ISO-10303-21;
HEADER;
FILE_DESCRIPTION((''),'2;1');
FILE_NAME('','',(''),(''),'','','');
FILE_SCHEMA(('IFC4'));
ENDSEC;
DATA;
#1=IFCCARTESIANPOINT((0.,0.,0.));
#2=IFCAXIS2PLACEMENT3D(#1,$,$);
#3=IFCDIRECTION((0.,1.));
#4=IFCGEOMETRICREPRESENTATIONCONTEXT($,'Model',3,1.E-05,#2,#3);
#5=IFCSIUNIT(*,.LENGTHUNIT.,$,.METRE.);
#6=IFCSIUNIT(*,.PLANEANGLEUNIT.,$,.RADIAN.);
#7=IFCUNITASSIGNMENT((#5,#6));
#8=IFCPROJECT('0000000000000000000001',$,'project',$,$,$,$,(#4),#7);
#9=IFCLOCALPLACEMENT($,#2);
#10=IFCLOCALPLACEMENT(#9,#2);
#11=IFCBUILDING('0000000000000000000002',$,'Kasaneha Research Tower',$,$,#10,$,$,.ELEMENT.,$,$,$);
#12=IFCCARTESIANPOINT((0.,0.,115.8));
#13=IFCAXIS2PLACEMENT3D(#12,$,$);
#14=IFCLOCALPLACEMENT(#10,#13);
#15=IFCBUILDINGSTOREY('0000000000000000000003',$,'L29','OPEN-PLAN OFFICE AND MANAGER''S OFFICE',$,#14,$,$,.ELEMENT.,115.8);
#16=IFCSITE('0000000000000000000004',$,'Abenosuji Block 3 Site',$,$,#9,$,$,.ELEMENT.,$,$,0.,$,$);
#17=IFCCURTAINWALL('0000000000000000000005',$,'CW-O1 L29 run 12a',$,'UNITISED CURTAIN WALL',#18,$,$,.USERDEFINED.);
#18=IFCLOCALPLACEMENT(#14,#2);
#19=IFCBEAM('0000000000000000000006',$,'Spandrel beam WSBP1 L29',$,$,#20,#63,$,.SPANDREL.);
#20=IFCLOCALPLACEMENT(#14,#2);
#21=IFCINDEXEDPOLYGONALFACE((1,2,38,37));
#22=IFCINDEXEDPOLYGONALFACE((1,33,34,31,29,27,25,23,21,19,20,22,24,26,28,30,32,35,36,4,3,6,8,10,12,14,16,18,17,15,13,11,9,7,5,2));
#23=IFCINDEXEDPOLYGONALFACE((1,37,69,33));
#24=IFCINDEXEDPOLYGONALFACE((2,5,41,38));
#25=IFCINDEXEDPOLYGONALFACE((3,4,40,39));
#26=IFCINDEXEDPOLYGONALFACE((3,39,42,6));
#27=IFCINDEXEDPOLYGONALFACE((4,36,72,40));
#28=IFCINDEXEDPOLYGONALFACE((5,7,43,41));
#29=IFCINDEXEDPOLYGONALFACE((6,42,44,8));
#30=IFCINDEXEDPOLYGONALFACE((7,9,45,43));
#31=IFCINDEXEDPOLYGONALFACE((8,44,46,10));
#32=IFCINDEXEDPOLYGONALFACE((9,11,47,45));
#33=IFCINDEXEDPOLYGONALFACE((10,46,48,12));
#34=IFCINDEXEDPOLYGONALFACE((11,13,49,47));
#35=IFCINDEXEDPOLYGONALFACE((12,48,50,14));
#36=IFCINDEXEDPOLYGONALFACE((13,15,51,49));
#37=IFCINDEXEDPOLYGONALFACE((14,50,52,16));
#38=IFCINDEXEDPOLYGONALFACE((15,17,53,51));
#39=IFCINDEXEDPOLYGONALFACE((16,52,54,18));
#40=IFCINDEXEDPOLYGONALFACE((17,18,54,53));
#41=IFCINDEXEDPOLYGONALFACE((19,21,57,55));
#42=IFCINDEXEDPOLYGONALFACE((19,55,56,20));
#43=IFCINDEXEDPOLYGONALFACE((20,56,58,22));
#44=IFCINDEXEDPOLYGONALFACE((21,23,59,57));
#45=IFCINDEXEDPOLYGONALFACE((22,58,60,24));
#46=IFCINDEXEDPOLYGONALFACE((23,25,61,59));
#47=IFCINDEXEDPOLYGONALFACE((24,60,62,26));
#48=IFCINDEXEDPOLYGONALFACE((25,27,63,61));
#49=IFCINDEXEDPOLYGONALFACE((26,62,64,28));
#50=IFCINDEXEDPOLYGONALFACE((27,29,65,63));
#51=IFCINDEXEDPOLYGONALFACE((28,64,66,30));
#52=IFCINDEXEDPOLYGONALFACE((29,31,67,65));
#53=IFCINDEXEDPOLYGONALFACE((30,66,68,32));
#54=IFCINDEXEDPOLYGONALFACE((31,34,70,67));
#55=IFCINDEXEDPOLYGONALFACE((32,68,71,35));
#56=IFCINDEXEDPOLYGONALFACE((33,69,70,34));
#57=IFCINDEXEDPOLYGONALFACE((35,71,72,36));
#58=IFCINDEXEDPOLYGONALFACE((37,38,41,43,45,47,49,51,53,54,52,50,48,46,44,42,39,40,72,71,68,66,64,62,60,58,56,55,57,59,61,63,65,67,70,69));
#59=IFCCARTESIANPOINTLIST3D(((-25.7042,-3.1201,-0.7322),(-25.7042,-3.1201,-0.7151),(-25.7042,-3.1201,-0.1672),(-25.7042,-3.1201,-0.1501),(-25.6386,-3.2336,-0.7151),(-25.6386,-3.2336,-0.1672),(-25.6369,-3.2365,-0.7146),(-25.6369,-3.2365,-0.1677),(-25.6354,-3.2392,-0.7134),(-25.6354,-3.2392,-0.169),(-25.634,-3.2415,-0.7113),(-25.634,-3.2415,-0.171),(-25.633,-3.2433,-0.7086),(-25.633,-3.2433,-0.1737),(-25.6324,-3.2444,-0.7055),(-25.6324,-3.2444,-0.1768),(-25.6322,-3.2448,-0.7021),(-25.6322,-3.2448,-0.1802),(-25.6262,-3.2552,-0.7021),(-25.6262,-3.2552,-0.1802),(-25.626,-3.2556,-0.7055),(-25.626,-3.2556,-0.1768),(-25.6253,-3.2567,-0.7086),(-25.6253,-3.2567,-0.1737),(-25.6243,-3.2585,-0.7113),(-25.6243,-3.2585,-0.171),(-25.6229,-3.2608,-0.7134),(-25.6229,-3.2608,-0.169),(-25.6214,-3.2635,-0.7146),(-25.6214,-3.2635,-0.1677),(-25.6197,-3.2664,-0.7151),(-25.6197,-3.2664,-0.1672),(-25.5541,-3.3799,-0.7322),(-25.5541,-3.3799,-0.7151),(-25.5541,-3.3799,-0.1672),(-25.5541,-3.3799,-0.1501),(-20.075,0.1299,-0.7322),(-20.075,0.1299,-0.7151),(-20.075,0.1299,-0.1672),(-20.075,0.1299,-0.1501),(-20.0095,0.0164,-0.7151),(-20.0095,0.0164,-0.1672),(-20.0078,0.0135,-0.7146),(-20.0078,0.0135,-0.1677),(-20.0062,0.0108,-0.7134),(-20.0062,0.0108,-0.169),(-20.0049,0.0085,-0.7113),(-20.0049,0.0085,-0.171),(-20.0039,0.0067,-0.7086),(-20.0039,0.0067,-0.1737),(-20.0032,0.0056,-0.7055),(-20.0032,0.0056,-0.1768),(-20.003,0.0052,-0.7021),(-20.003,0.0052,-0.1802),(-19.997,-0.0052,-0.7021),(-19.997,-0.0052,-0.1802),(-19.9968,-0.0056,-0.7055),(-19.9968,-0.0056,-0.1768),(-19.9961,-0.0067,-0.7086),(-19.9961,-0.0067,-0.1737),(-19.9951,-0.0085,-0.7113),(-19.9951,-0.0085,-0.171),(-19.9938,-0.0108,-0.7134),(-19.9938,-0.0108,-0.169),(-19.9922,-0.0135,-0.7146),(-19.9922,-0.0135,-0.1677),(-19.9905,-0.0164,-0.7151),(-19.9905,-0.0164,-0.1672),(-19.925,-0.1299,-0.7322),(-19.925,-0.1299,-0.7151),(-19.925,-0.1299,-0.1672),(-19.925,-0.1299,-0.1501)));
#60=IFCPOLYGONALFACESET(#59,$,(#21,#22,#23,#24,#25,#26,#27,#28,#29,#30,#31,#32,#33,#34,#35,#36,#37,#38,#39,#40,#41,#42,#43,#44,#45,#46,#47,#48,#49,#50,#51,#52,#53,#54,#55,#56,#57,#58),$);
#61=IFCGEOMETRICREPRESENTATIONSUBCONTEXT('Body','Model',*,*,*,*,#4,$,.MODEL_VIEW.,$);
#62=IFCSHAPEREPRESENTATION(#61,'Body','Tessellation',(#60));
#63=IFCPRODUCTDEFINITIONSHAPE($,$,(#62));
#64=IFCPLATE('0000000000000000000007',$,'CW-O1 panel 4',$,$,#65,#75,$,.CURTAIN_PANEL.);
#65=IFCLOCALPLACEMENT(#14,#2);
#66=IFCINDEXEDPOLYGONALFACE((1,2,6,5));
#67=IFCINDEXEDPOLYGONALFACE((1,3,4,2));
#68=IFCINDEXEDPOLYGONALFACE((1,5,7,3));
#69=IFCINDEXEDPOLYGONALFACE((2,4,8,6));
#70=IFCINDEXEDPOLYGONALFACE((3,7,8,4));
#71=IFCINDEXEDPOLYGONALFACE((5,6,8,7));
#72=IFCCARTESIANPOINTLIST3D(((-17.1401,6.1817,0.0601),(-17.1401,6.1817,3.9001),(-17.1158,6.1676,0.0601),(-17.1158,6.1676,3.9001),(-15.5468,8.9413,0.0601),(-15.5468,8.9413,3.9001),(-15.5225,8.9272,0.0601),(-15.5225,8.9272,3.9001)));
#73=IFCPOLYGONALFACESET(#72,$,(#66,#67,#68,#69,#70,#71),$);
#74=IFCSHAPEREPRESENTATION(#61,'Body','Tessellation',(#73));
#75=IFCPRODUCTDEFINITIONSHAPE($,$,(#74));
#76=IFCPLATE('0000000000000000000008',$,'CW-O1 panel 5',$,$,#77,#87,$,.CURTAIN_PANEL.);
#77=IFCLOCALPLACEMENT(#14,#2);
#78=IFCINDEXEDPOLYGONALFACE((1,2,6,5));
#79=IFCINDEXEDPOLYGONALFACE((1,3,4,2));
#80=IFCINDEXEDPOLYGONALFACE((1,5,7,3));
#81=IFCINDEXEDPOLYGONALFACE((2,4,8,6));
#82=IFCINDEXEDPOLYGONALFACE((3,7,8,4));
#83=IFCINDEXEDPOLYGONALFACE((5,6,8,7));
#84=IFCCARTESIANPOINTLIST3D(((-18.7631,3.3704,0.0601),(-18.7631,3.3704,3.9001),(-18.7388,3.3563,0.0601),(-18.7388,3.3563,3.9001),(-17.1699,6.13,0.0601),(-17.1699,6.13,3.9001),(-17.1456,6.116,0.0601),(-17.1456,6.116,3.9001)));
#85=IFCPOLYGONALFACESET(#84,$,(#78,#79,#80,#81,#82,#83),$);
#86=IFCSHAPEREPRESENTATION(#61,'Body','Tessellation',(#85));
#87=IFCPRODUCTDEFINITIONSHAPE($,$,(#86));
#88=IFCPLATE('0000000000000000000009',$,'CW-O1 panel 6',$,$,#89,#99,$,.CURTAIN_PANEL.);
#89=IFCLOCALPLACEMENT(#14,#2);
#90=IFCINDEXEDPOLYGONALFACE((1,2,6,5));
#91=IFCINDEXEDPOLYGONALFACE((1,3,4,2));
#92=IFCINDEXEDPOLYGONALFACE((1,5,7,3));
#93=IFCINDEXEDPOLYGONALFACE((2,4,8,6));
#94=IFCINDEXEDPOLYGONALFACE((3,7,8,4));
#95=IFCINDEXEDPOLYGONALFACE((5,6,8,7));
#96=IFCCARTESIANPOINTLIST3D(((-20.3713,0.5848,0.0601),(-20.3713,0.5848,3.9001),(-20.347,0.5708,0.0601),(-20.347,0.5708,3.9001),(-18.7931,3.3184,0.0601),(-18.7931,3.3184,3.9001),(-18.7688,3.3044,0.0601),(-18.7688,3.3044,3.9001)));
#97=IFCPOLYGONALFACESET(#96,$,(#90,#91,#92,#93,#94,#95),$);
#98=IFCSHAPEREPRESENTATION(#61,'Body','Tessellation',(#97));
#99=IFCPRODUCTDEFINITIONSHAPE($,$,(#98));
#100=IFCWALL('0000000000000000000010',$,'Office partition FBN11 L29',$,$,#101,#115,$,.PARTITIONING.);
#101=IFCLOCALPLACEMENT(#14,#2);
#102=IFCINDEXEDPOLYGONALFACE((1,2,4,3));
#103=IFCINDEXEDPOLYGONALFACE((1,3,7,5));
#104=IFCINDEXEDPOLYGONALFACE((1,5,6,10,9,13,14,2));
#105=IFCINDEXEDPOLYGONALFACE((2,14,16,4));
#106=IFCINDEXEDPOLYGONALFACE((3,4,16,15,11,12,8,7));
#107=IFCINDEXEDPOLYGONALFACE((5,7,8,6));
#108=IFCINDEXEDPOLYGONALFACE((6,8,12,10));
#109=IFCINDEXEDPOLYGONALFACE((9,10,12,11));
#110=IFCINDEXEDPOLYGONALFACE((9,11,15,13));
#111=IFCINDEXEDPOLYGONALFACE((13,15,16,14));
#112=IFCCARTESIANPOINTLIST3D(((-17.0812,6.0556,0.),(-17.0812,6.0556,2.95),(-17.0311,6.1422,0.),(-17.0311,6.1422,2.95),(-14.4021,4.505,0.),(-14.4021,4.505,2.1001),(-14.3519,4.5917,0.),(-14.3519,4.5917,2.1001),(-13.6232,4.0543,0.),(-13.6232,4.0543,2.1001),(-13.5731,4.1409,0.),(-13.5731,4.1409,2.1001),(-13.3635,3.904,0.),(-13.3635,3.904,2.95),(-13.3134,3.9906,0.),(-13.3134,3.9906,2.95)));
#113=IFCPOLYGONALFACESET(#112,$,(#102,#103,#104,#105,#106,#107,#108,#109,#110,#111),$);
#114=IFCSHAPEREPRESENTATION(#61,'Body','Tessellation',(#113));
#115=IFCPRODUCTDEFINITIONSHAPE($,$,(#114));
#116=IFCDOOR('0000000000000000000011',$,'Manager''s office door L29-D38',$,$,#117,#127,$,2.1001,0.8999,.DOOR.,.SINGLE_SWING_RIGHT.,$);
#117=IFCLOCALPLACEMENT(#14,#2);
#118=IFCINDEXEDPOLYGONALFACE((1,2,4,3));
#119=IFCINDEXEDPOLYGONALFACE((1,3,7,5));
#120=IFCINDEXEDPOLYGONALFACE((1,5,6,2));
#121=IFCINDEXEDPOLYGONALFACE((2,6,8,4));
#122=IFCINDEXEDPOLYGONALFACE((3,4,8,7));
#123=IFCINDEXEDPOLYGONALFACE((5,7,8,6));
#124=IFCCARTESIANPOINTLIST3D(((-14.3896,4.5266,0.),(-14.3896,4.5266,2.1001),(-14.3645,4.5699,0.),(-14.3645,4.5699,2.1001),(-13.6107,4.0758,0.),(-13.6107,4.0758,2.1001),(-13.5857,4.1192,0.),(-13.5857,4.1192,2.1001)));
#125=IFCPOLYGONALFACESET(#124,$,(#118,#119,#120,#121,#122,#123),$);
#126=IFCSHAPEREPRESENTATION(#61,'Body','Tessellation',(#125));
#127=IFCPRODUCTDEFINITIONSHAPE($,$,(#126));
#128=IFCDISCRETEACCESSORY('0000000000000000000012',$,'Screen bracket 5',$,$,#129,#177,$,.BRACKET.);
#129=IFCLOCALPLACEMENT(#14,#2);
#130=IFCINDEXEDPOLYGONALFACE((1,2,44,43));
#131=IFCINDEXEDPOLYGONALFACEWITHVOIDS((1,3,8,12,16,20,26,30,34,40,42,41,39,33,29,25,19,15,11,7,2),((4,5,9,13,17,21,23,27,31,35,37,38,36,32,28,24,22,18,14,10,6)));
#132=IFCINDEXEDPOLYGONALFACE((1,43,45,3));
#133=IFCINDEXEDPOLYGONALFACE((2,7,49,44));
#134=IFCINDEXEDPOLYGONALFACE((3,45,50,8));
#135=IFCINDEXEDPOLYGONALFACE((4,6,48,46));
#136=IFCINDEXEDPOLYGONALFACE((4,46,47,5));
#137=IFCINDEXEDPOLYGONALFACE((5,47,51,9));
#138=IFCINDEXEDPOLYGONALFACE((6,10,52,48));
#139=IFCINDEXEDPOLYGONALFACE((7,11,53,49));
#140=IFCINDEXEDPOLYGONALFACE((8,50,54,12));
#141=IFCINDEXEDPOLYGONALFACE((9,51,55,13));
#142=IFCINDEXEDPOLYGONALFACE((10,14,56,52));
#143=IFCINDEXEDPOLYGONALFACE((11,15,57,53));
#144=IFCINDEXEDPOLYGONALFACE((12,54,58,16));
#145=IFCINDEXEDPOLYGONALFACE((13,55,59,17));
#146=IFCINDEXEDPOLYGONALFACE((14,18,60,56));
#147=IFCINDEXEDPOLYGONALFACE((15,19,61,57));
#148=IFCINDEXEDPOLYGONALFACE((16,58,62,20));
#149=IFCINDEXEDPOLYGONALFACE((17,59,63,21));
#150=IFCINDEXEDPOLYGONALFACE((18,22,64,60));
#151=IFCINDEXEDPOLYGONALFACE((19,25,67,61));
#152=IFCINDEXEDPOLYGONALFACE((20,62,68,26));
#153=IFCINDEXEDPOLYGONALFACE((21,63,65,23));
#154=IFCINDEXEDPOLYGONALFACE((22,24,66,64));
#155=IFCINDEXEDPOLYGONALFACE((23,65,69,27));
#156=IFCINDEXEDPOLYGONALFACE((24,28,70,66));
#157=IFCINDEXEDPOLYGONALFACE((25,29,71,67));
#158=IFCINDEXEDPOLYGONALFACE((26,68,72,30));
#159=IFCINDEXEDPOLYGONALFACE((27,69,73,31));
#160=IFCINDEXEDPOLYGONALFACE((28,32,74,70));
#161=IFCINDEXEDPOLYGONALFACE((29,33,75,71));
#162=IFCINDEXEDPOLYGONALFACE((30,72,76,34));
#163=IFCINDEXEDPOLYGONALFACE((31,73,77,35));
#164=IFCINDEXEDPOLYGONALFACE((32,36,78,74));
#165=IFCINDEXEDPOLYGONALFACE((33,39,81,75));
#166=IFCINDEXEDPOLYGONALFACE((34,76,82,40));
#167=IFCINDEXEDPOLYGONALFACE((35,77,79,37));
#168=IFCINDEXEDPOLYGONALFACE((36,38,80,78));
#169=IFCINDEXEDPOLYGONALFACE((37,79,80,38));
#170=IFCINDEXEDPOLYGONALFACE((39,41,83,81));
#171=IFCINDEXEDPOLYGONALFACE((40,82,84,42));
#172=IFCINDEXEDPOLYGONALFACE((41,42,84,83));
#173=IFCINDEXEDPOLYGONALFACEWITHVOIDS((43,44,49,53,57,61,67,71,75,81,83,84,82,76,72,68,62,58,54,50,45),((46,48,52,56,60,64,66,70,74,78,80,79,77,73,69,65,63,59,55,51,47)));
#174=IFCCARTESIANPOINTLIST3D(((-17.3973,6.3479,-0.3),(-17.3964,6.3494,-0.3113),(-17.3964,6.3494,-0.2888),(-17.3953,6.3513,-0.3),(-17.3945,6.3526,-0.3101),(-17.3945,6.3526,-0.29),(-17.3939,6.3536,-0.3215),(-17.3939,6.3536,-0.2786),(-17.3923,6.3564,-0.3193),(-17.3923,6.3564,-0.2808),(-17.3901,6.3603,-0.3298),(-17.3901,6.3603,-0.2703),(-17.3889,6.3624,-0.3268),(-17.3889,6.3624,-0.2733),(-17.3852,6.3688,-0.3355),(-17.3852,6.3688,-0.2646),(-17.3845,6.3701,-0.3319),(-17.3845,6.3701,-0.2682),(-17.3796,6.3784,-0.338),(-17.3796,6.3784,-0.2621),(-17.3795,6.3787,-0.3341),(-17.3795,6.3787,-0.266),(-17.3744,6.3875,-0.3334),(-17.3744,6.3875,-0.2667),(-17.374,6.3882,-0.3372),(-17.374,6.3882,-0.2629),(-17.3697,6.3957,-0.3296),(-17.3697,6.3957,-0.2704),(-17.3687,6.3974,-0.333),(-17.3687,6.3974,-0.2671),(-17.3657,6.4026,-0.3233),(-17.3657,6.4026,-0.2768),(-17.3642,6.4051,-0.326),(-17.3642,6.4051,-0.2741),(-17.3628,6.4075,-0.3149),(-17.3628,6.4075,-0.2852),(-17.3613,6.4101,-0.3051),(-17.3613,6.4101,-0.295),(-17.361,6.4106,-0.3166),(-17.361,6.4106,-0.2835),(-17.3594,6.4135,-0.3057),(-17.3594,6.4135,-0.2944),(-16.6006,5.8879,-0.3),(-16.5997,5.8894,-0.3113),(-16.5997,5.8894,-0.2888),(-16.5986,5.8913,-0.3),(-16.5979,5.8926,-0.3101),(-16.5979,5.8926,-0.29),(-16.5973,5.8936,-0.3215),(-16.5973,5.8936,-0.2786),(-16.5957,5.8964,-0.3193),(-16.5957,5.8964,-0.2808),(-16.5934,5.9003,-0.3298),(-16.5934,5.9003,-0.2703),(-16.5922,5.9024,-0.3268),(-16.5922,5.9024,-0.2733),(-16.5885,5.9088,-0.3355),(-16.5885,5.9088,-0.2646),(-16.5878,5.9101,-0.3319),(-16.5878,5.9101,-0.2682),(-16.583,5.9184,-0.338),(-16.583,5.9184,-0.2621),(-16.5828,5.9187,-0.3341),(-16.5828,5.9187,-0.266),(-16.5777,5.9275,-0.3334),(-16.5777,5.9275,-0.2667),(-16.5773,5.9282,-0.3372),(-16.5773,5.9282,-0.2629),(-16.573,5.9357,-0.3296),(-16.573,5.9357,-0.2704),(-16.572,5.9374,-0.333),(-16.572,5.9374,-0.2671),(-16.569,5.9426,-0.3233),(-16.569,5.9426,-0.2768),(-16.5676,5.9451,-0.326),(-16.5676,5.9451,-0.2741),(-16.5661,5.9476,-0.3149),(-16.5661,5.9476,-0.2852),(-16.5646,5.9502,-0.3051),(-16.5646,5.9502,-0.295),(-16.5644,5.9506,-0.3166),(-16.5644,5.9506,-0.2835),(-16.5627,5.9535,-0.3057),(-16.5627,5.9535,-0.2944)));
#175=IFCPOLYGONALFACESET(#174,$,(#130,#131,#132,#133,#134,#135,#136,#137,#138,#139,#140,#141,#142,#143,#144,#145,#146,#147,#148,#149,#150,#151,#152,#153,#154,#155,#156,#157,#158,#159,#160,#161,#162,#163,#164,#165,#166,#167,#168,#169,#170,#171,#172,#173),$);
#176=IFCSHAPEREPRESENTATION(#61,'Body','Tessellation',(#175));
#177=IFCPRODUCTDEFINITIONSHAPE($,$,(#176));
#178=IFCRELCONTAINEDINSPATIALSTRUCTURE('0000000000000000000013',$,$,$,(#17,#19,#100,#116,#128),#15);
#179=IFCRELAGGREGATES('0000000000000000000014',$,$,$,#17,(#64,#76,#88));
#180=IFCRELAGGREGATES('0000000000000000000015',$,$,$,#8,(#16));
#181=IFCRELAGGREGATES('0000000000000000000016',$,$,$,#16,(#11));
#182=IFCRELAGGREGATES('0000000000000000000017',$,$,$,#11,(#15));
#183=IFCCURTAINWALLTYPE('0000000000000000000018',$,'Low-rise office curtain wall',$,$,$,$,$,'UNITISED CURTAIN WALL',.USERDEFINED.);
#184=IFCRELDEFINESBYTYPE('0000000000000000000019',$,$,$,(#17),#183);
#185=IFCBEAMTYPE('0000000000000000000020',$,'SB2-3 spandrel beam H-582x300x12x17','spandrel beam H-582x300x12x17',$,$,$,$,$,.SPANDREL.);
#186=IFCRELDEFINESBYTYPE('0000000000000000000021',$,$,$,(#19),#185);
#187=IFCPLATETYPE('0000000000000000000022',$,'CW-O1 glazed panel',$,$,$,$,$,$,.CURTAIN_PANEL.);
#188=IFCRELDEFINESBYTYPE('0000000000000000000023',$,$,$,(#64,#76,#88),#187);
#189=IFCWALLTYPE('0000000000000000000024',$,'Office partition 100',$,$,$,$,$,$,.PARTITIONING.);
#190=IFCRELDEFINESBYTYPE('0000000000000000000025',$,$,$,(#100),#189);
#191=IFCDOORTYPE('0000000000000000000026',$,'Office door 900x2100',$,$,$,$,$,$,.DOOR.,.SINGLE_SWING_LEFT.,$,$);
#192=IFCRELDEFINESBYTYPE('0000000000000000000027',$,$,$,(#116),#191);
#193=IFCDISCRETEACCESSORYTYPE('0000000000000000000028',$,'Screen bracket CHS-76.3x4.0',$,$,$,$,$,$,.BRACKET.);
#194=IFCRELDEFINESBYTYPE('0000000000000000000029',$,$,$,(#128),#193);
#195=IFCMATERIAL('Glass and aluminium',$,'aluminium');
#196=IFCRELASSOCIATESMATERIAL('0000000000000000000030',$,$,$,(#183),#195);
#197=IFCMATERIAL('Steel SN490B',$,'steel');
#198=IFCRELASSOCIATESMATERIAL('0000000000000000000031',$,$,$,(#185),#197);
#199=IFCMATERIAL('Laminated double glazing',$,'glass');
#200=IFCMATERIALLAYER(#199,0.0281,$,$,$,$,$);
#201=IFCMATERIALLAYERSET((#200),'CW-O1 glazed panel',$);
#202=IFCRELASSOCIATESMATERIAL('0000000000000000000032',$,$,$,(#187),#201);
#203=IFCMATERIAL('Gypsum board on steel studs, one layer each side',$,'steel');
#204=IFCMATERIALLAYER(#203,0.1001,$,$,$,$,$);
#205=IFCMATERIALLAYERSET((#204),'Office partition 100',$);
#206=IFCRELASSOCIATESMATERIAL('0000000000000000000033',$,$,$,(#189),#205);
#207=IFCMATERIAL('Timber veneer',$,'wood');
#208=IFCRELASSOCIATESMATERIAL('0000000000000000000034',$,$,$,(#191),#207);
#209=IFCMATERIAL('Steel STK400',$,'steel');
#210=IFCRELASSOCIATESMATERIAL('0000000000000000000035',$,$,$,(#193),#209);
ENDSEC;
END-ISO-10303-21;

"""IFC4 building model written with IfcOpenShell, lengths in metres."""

from ifc_helpers import new_model, si_unit, direction, frame, frame_2d, origin, origin_2d, place, context, subcontext, project, spatial, rectangle, hollow_circle, i_section, extrude, material, layer, layer_set, material_profile, profile_set, type_object, element, fill, aggregate, save


model = new_model("IFC4")

# Units and contexts
model_context = context("Model", 3, precision=1e-05, world=origin(), true_north=direction((0.0, 1.0)))
body_context = subcontext(model_context, "Body", "Model", "MODEL_VIEW")
ifc_project = project(units=[si_unit("LENGTHUNIT", "METRE"), si_unit("PLANEANGLEUNIT", "RADIAN")], contexts=[model_context])

# Site, building, storey
site_placement = place(None, origin())
site = spatial("IfcSite", under=ifc_project, at=site_placement, Name="Abenosuji Block 3 Site", CompositionType="ELEMENT", RefElevation=0.0)
building_placement = place(site_placement, origin())
building = spatial("IfcBuilding", under=site, at=building_placement, Name="Kasaneha Research Tower", CompositionType="ELEMENT")
storey_placement = place(building_placement, frame((0.0, 0.0, 115.8)))
storey = spatial("IfcBuildingStorey", under=building, at=storey_placement, Name="L29", Description="OPEN-PLAN OFFICE AND MANAGER'S OFFICE", CompositionType="ELEMENT", Elevation=115.8)

# Curtain wall
ifc_material_1 = material(Name="Glass and aluminium", Category="aluminium")
curtain_wall_type = type_object("IfcCurtainWallType", Name="Low-rise office curtain wall", ElementType="UNITISED CURTAIN WALL", PredefinedType="USERDEFINED", material=ifc_material_1)
curtain_wall_1_placement = place(storey_placement, origin())
curtain_wall_1 = element("IfcCurtainWall", 1, at=curtain_wall_1_placement, inside=storey, type_object=curtain_wall_type, Name="CW-O1 L29 run 12a", ObjectType="UNITISED CURTAIN WALL", PredefinedType="USERDEFINED")

# Beam
ifc_material_2 = material(Name="Steel SN490B", Category="steel")
ifc_material_profile_1 = material_profile(ifc_material_2, i_section(OverallWidth=0.3, OverallDepth=0.582, WebThickness=0.012, FlangeThickness=0.0171, FilletRadius=0.0129, at=origin_2d()), Name="H-582x300x12x17")
ifc_profile_set_1 = profile_set([ifc_material_profile_1], Name="Steel SN490B")
beam_type_1 = type_object("IfcBeamType", Name="SB2-3 spandrel beam H-582x300x12x17", Description="spandrel beam H-582x300x12x17", PredefinedType="SPANDREL", material=ifc_profile_set_1)
beam_1_placement = place(storey_placement, frame((-20.0, 0.0, -0.4412), z_axis=(-0.866025, -0.500001, 0.0), x_axis=(0.500001, -0.866025, 0.0)))
element("IfcBeam", 2, at=beam_1_placement, inside=storey, type_object=beam_type_1, Name="Spandrel beam WSBP1 L29", PredefinedType="SPANDREL", context=body_context, shape_type="SweptSolid", body=[
    extrude(i_section(OverallWidth=0.3, OverallDepth=0.582, WebThickness=0.012, FlangeThickness=0.0171, FilletRadius=0.0129, at=origin_2d()), origin(), (0.0, 0.0, 1.0), 6.5),
])

# Plates
ifc_material_3 = material(Name="Laminated double glazing", Category="glass")
ifc_layer_1 = layer(ifc_material_3, 0.0281)
ifc_layer_set_1 = layer_set([ifc_layer_1], Name="CW-O1 glazed panel")
plate_type = type_object("IfcPlateType", Name="CW-O1 glazed panel", PredefinedType="CURTAIN_PANEL", material=ifc_layer_set_1)
plate_1_placement = place(storey_placement, frame((-16.3313, 7.5544, 0.0601), z_axis=(0.0, 0.0, 1.0), x_axis=(-0.5, -0.866025, 0.0)))
plate_1 = element("IfcPlate", 3, at=plate_1_placement, type_object=plate_type, Name="CW-O1 panel 4", PredefinedType="CURTAIN_PANEL", context=body_context, shape_type="SweptSolid", body=[
    extrude(rectangle(XDim=3.1865, YDim=0.0281, at=origin_2d()), origin(), (0.0, 0.0, 1.0), 3.8401),
])
plate_2_placement = place(storey_placement, frame((-17.9543, 4.7432, 0.0601), z_axis=(0.0, 0.0, 1.0), x_axis=(-0.5, -0.866025, 0.0)))
plate_2 = element("IfcPlate", 4, at=plate_2_placement, type_object=plate_type, Name="CW-O1 panel 5", PredefinedType="CURTAIN_PANEL", context=body_context, shape_type="SweptSolid", body=[
    extrude(rectangle(XDim=3.1865, YDim=0.0281, at=origin_2d()), origin(), (0.0, 0.0, 1.0), 3.8401),
])
plate_3_placement = place(storey_placement, frame((-19.5701, 1.9446, 0.0601), z_axis=(0.0, 0.0, 1.0), x_axis=(-0.5, -0.866025, 0.0)))
plate_3 = element("IfcPlate", 5, at=plate_3_placement, type_object=plate_type, Name="CW-O1 panel 6", PredefinedType="CURTAIN_PANEL", context=body_context, shape_type="SweptSolid", body=[
    extrude(rectangle(XDim=3.1565, YDim=0.0281, at=origin_2d()), origin(), (0.0, 0.0, 1.0), 3.8401),
])
aggregate(curtain_wall_1, [plate_1, plate_2, plate_3])

# Wall, opening, door
ifc_material_4 = material(Name="Gypsum board on steel studs, one layer each side", Category="steel")
ifc_layer_2 = layer(ifc_material_4, 0.1001)
ifc_layer_set_2 = layer_set([ifc_layer_2], Name="Office partition 100")
wall_type = type_object("IfcWallType", Name="Office partition 100", PredefinedType="PARTITIONING", material=ifc_layer_set_2)
wall_placement = place(storey_placement, frame((-17.0562, 6.0989, 0.0), z_axis=(0.0, 0.0, 1.0), x_axis=(0.865505, -0.5009, 0.0)))
wall = element("IfcWall", 6, at=wall_placement, inside=storey, type_object=wall_type, Name="Office partition FBN11 L29", PredefinedType="PARTITIONING", context=body_context, shape_type="SweptSolid", body=[
    extrude(rectangle(XDim=4.2954, YDim=0.1001, at=frame_2d((2.1477, 0.0))), origin(), (0.0, 0.0, 1.0), 2.95),
])
opening_placement = place(wall_placement, frame((3.0955, 0.0, 0.0)))
opening = element("IfcOpeningElement", 7, at=opening_placement, cuts=wall, PredefinedType="OPENING", context=body_context, shape_type="SweptSolid", body=[
    extrude(rectangle(XDim=0.8999, YDim=2.1001, at=frame_2d((0.45, 1.05))), frame((0.0, 0.0601, 0.0), z_axis=(0.0, -1.0, 0.0), x_axis=(1.0, 0.0, 0.0)), (0.0, 0.0, 1.0), 0.1201),
])
ifc_material_5 = material(Name="Timber veneer", Category="wood")
door_type = type_object("IfcDoorType", Name="Office door 900x2100", OperationType="SINGLE_SWING_LEFT", PredefinedType="DOOR", material=ifc_material_5)
door_placement = place(opening_placement, origin())
door = element("IfcDoor", 8, at=door_placement, inside=storey, type_object=door_type, Name="Manager's office door L29-D38", OperationType="SINGLE_SWING_RIGHT", OverallHeight=2.1001, OverallWidth=0.8999, PredefinedType="DOOR", context=body_context, shape_type="SweptSolid", body=[
    extrude(rectangle(XDim=0.8999, YDim=2.1001, at=frame_2d((0.45, 1.05))), frame((0.0, 0.0249, 0.0), z_axis=(0.0, -1.0, 0.0), x_axis=(1.0, 0.0, 0.0)), (0.0, 0.0, 1.0), 0.05),
])
fill(opening, door)

# Discrete accessory
ifc_material_6 = material(Name="Steel STK400", Category="steel")
ifc_material_profile_2 = material_profile(ifc_material_6, hollow_circle(Radius=0.0381, WallThickness=0.0039, at=origin_2d()), Name="CHS-76.3x4.0")
ifc_profile_set_2 = profile_set([ifc_material_profile_2], Name="Steel STK400")
discrete_accessory_type = type_object("IfcDiscreteAccessoryType", Name="Screen bracket CHS-76.3x4.0", PredefinedType="BRACKET", material=ifc_profile_set_2)
for number, where, z_axis, x_axis, name in (
    (9, (-16.5815, 5.9209, -0.3), (-0.866013, 0.500021, 0.0), (-0.500021, -0.866013, 0.0), "Screen bracket 5"),
):
    element("IfcDiscreteAccessory", number, at=place(storey_placement, frame(where, z_axis=z_axis, x_axis=x_axis)), inside=storey, type_object=discrete_accessory_type, Name=name, PredefinedType="BRACKET", context=body_context, shape_type="SweptSolid", body=[
        extrude(hollow_circle(Radius=0.0381, WallThickness=0.0039, at=origin_2d()), origin(), (0.0, 0.0, 1.0), 0.9199),
    ])

save(model, "model.ifc")
